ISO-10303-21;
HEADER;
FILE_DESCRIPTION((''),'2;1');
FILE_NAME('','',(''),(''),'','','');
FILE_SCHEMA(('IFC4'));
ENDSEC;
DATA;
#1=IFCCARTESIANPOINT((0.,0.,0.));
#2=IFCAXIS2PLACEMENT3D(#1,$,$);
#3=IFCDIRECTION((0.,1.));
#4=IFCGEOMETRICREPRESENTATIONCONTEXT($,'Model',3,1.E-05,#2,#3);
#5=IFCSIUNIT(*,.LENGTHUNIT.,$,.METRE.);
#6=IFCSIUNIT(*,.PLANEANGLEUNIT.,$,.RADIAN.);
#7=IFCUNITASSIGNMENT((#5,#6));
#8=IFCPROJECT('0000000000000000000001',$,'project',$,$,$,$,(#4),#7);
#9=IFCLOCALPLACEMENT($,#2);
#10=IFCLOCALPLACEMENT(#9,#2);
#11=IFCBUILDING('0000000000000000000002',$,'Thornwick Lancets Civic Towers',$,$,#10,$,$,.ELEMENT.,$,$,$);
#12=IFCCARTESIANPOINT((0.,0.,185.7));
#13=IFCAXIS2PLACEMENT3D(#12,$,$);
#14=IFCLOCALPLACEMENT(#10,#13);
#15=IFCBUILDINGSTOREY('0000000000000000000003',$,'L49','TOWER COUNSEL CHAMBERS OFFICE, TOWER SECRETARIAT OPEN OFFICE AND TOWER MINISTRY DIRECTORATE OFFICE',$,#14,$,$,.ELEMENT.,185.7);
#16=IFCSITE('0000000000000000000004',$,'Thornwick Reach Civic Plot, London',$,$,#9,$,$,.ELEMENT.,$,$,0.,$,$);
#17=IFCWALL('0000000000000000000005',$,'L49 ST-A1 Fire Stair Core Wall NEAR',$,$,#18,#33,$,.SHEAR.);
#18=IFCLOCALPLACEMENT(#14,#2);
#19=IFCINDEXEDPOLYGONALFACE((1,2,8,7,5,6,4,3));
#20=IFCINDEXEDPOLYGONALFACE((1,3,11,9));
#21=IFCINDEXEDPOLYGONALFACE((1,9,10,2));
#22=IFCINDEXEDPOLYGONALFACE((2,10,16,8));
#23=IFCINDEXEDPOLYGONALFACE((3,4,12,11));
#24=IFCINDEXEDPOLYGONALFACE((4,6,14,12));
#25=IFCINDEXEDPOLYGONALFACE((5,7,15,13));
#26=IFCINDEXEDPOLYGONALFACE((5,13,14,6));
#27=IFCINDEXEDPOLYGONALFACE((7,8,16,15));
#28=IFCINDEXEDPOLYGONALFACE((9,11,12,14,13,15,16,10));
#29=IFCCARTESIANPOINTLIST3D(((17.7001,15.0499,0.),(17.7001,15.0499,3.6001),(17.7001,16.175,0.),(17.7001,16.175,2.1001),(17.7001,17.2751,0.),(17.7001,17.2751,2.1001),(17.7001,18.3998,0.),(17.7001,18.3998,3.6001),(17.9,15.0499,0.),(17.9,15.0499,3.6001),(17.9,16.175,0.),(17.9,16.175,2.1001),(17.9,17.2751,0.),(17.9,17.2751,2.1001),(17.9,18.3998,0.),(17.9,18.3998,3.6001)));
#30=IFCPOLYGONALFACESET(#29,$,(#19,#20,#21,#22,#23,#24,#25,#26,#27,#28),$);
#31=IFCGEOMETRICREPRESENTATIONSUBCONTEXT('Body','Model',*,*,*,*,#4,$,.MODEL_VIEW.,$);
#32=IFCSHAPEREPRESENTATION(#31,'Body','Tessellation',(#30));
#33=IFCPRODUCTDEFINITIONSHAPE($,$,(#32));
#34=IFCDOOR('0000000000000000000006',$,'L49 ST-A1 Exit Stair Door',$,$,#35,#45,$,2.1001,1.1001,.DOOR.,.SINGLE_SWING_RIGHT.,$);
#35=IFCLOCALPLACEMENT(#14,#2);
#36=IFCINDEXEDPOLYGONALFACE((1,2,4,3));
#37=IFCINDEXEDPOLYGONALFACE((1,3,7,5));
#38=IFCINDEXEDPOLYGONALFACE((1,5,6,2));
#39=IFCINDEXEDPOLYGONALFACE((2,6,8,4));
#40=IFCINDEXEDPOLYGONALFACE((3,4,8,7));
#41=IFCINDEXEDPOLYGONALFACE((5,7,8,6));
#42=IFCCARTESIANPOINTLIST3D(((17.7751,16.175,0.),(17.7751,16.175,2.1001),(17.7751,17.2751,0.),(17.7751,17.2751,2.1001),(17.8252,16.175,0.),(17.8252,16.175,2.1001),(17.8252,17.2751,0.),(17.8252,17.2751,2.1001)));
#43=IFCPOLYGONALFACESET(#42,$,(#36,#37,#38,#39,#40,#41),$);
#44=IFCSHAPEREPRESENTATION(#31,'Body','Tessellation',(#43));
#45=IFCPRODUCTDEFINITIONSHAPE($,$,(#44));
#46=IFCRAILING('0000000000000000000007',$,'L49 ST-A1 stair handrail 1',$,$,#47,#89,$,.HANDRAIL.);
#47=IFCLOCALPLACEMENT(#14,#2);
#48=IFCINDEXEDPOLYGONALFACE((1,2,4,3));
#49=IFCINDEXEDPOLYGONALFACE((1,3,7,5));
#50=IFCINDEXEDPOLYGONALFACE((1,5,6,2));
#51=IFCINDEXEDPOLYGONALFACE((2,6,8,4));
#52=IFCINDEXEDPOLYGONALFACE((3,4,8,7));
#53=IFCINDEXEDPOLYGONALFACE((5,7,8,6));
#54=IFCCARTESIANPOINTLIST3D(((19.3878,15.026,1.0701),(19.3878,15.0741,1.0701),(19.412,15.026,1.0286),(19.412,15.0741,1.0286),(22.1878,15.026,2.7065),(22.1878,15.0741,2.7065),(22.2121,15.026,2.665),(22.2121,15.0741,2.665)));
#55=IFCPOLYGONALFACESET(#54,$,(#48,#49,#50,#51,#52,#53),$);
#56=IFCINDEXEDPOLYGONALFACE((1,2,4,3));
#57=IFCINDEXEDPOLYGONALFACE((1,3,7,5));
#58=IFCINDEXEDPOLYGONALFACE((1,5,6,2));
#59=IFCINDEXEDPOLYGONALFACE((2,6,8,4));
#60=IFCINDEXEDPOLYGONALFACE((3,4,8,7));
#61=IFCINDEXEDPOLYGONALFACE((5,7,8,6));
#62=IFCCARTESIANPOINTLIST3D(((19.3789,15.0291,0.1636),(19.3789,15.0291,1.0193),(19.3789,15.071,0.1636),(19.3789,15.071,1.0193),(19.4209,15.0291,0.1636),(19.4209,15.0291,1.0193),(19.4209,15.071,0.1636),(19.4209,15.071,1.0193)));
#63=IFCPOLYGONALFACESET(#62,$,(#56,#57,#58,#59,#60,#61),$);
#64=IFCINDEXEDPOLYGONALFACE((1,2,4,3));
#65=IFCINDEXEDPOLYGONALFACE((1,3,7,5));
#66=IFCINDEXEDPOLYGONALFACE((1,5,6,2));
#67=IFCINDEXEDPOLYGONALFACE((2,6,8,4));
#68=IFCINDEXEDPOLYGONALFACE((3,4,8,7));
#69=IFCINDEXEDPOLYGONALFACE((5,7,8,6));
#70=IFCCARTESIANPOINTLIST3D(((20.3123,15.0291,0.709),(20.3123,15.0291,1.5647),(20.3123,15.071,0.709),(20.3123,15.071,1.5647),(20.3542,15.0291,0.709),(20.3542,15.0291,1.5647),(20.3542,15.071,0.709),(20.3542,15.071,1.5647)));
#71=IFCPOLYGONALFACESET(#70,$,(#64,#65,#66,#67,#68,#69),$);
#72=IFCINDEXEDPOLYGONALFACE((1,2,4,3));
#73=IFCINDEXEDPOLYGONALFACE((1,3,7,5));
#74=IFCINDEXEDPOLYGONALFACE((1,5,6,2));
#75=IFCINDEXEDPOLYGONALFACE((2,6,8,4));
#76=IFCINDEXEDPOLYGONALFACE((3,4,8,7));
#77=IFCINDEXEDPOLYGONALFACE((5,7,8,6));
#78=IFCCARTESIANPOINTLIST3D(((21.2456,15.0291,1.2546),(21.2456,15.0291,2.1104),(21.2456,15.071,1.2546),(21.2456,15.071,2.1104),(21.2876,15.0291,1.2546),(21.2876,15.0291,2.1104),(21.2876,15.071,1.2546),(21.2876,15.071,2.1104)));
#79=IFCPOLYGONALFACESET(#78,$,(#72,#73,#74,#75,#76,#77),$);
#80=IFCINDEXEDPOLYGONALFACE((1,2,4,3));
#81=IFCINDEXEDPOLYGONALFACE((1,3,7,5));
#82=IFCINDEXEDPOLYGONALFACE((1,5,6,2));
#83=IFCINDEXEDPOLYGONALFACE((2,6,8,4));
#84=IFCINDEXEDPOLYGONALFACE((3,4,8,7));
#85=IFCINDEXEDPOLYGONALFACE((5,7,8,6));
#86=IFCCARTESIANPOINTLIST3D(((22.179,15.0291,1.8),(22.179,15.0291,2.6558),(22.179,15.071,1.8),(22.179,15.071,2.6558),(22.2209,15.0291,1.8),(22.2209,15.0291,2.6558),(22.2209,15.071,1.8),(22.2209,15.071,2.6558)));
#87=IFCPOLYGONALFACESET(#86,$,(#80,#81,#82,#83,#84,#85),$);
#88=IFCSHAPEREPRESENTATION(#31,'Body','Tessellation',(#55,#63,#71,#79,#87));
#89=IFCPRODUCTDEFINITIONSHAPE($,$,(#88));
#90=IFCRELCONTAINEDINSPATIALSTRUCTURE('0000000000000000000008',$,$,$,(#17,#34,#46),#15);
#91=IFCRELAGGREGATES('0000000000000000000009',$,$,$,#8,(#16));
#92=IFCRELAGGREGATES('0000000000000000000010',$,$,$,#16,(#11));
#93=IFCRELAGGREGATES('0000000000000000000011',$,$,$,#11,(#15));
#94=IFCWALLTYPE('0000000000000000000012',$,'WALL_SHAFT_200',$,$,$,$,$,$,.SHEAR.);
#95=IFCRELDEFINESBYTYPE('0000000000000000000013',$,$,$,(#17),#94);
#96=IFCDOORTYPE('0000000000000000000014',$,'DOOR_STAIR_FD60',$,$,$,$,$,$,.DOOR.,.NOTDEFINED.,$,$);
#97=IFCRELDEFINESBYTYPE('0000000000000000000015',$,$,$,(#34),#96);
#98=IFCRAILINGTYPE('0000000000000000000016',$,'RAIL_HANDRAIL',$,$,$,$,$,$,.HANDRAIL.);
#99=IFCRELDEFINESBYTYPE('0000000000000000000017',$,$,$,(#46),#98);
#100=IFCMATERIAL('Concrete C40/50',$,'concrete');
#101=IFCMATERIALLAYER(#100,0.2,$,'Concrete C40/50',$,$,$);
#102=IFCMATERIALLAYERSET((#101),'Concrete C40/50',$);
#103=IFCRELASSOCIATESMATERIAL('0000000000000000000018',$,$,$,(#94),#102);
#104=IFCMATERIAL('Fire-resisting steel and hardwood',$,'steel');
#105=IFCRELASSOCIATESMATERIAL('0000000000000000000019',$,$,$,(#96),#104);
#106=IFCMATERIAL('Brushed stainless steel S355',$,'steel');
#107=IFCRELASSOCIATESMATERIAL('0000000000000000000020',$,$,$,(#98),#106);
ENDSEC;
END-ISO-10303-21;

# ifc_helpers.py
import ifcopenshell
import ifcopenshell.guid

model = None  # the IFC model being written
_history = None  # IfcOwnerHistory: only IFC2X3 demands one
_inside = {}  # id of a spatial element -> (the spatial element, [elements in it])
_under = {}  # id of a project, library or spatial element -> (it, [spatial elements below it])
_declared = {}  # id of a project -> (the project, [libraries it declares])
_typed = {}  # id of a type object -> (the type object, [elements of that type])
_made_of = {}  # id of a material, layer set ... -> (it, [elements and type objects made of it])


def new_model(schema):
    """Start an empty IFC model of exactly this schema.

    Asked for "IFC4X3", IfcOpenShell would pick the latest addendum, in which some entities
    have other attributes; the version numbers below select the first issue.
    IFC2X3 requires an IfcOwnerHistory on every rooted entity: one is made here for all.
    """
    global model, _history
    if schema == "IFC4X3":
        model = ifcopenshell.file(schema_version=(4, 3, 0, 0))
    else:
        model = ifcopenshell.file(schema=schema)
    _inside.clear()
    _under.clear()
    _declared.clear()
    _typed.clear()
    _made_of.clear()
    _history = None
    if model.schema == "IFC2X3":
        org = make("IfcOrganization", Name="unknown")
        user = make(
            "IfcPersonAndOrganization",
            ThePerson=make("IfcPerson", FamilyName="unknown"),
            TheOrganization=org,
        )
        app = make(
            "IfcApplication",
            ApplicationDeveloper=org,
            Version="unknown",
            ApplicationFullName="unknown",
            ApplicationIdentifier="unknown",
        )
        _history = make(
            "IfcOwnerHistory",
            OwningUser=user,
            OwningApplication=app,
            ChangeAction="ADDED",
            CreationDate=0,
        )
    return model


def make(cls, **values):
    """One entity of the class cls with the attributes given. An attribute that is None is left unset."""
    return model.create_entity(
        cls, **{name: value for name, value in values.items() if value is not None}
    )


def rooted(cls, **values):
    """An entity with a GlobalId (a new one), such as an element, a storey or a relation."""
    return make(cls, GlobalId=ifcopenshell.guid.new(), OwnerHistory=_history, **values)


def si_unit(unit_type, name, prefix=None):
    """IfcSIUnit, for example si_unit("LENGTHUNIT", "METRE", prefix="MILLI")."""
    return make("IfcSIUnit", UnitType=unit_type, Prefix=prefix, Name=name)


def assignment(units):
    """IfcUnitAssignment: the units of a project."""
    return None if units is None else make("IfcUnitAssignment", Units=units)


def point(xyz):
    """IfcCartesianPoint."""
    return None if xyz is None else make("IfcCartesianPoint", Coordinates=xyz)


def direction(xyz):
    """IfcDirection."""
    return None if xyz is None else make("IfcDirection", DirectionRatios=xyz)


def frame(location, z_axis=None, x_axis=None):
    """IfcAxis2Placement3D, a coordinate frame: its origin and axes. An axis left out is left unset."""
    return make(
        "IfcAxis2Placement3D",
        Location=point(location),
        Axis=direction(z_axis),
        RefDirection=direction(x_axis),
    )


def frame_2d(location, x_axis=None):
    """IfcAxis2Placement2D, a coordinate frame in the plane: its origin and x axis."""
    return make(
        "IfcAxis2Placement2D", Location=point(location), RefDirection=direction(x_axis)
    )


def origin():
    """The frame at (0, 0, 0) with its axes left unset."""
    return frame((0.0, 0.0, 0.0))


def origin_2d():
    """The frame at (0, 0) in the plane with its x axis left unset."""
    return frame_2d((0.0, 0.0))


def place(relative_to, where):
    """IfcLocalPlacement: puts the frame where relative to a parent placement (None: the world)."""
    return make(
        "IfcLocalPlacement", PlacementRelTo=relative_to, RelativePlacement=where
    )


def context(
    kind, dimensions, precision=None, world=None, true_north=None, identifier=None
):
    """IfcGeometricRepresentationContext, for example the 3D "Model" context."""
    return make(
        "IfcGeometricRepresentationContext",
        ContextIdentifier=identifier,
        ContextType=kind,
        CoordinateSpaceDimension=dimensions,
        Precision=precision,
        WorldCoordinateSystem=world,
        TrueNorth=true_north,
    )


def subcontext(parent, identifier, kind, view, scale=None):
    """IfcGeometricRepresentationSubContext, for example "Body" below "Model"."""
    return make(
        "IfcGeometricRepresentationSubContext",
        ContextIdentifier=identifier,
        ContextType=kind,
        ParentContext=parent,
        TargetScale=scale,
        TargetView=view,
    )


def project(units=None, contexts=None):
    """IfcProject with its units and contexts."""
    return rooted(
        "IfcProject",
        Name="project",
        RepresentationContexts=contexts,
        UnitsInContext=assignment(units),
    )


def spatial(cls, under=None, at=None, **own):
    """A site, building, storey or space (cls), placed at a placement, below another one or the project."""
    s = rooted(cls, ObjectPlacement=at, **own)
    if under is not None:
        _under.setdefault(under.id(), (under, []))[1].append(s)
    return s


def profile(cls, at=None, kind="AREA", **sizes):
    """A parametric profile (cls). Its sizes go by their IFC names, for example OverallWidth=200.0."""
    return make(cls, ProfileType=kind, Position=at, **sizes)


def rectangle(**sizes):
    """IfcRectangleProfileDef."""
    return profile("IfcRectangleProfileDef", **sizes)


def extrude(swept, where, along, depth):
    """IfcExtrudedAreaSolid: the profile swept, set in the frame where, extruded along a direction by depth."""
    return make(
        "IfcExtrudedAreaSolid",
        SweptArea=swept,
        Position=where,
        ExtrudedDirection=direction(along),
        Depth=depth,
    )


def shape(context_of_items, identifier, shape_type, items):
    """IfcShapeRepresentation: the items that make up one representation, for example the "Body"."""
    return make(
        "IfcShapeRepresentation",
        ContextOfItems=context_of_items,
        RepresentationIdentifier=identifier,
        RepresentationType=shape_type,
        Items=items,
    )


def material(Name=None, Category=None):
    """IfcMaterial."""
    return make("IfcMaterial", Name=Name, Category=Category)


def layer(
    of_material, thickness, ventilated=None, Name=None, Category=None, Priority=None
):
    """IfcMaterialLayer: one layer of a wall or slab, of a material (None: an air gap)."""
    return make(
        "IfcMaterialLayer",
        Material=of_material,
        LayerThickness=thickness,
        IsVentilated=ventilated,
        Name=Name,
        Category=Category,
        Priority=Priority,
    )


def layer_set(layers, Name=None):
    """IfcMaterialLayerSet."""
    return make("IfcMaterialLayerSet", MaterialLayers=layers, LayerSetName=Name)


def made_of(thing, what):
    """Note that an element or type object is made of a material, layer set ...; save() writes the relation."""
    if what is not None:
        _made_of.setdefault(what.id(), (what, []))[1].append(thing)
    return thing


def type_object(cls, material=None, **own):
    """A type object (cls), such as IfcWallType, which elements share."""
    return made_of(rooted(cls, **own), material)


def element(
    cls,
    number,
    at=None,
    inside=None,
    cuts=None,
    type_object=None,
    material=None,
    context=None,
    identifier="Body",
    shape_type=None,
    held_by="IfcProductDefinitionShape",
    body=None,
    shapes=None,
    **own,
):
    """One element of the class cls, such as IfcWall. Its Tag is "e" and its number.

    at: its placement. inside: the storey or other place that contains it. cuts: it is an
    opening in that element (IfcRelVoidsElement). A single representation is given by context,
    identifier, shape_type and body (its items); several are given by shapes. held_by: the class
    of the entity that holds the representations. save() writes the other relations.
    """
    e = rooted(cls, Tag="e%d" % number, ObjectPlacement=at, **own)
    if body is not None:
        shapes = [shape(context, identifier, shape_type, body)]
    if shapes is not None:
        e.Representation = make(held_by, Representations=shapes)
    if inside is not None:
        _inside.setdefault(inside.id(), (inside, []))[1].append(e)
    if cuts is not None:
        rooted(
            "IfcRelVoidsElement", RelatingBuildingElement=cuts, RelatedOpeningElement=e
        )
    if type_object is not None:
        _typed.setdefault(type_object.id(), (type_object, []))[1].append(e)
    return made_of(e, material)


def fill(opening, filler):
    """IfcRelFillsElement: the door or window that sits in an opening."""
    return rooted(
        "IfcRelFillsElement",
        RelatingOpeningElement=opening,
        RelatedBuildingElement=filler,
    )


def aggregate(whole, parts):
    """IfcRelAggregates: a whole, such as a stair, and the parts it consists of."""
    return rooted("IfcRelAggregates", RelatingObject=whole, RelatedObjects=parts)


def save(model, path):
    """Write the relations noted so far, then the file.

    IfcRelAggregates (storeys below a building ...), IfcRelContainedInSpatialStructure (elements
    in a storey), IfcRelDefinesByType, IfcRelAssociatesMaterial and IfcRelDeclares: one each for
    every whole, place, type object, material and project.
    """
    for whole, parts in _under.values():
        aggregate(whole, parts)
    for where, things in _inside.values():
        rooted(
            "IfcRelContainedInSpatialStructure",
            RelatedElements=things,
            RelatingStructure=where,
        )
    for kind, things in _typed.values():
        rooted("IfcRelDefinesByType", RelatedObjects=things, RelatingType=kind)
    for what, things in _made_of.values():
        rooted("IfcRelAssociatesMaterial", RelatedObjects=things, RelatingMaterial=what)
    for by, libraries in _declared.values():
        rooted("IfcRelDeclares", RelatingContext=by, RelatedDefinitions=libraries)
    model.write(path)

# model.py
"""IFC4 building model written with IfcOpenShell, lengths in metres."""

from ifc_helpers import new_model, si_unit, direction, frame, frame_2d, origin, origin_2d, place, context, subcontext, project, spatial, rectangle, extrude, material, layer, layer_set, type_object, element, fill, save


model = new_model("IFC4")

# Units and contexts
model_context = context("Model", 3, precision=1e-05, world=origin(), true_north=direction((0.0, 1.0)))
body_context = subcontext(model_context, "Body", "Model", "MODEL_VIEW")
ifc_project = project(units=[si_unit("LENGTHUNIT", "METRE"), si_unit("PLANEANGLEUNIT", "RADIAN")], contexts=[model_context])

# Site, building, storey
site_placement = place(None, origin())
site = spatial("IfcSite", under=ifc_project, at=site_placement, Name="Thornwick Reach Civic Plot, London", CompositionType="ELEMENT", RefElevation=0.0)
building_placement = place(site_placement, origin())
building = spatial("IfcBuilding", under=site, at=building_placement, Name="Thornwick Lancets Civic Towers", CompositionType="ELEMENT")
storey_placement = place(building_placement, frame((0.0, 0.0, 185.7)))
storey = spatial("IfcBuildingStorey", under=building, at=storey_placement, Name="L49", Description="TOWER COUNSEL CHAMBERS OFFICE, TOWER SECRETARIAT OPEN OFFICE AND TOWER MINISTRY DIRECTORATE OFFICE", CompositionType="ELEMENT", Elevation=185.7)

# Shared definitions
ifc_material_1 = material(Name="Concrete C40/50", Category="concrete")

# Wall, opening, door
ifc_layer_1 = layer(ifc_material_1, 0.2, Name="Concrete C40/50")
ifc_layer_set_1 = layer_set([ifc_layer_1], Name="Concrete C40/50")
wall_type_1 = type_object("IfcWallType", Name="WALL_SHAFT_200", PredefinedType="SHEAR", material=ifc_layer_set_1)
wall_1_placement = place(storey_placement, frame((17.8, 15.05, 0.0), z_axis=(0.0, 0.0, 1.0), x_axis=(0.0, 1.0, 0.0)))
wall_1 = element("IfcWall", 1, at=wall_1_placement, inside=storey, type_object=wall_type_1, Name="L49 ST-A1 Fire Stair Core Wall NEAR", PredefinedType="SHEAR", context=body_context, shape_type="SweptSolid", body=[
    extrude(rectangle(XDim=3.3499, YDim=0.2, at=frame_2d((1.6748, 0.0))), origin(), (0.0, 0.0, 1.0), 3.6001),
])
opening_1_placement = place(wall_1_placement, frame((1.125, 0.0, 0.0)))
opening_1 = element("IfcOpeningElement", 2, at=opening_1_placement, cuts=wall_1, PredefinedType="OPENING", context=body_context, shape_type="SweptSolid", body=[
    extrude(rectangle(XDim=1.1001, YDim=2.1001, at=frame_2d((0.55, 1.05))), frame((0.0, 0.1099, 0.0), z_axis=(0.0, -1.0, 0.0), x_axis=(1.0, 0.0, 0.0)), (0.0, 0.0, 1.0), 0.22),
])
ifc_material_2 = material(Name="Fire-resisting steel and hardwood", Category="steel")
door_type = type_object("IfcDoorType", Name="DOOR_STAIR_FD60", OperationType="NOTDEFINED", PredefinedType="DOOR", material=ifc_material_2)
door_placement = place(opening_1_placement, origin())
door = element("IfcDoor", 3, at=door_placement, inside=storey, type_object=door_type, Name="L49 ST-A1 Exit Stair Door", OperationType="SINGLE_SWING_RIGHT", OverallHeight=2.1001, OverallWidth=1.1001, PredefinedType="DOOR", context=body_context, shape_type="SweptSolid", body=[
    extrude(rectangle(XDim=1.1001, YDim=2.1001, at=frame_2d((0.55, 1.05))), frame((0.0, 0.0249, 0.0), z_axis=(0.0, -1.0, 0.0), x_axis=(1.0, 0.0, 0.0)), (0.0, 0.0, 1.0), 0.05),
])
fill(opening_1, door)

# Railing
ifc_material_3 = material(Name="Brushed stainless steel S355", Category="steel")
railing_type = type_object("IfcRailingType", Name="RAIL_HANDRAIL", PredefinedType="HANDRAIL", material=ifc_material_3)
railing_placement = place(storey_placement, frame((19.3999, 15.05, 0.1636)))
element("IfcRailing", 4, at=railing_placement, inside=storey, type_object=railing_type, Name="L49 ST-A1 stair handrail 1", PredefinedType="HANDRAIL", context=body_context, shape_type="SweptSolid", body=[
    extrude(rectangle(XDim=0.0481, YDim=0.0481, at=origin_2d()), frame((0.0, 0.0, 0.8857), z_axis=(0.863361, 0.0, 0.504587), x_axis=(0.0, 1.0, 0.0)), (0.0, 0.0, 1.0), 3.2432),
    extrude(rectangle(XDim=0.042, YDim=0.042, at=origin_2d()), origin(), (0.0, 0.0, 1.0), 0.8557),
    extrude(rectangle(XDim=0.042, YDim=0.042, at=origin_2d()), frame((0.9333, 0.0, 0.5454)), (0.0, 0.0, 1.0), 0.8557),
    extrude(rectangle(XDim=0.042, YDim=0.042, at=origin_2d()), frame((1.8667, 0.0, 1.0911)), (0.0, 0.0, 1.0), 0.8557),
    extrude(rectangle(XDim=0.042, YDim=0.042, at=origin_2d()), frame((2.8, 0.0, 1.6365)), (0.0, 0.0, 1.0), 0.8557),
])

save(model, "model.ifc")
